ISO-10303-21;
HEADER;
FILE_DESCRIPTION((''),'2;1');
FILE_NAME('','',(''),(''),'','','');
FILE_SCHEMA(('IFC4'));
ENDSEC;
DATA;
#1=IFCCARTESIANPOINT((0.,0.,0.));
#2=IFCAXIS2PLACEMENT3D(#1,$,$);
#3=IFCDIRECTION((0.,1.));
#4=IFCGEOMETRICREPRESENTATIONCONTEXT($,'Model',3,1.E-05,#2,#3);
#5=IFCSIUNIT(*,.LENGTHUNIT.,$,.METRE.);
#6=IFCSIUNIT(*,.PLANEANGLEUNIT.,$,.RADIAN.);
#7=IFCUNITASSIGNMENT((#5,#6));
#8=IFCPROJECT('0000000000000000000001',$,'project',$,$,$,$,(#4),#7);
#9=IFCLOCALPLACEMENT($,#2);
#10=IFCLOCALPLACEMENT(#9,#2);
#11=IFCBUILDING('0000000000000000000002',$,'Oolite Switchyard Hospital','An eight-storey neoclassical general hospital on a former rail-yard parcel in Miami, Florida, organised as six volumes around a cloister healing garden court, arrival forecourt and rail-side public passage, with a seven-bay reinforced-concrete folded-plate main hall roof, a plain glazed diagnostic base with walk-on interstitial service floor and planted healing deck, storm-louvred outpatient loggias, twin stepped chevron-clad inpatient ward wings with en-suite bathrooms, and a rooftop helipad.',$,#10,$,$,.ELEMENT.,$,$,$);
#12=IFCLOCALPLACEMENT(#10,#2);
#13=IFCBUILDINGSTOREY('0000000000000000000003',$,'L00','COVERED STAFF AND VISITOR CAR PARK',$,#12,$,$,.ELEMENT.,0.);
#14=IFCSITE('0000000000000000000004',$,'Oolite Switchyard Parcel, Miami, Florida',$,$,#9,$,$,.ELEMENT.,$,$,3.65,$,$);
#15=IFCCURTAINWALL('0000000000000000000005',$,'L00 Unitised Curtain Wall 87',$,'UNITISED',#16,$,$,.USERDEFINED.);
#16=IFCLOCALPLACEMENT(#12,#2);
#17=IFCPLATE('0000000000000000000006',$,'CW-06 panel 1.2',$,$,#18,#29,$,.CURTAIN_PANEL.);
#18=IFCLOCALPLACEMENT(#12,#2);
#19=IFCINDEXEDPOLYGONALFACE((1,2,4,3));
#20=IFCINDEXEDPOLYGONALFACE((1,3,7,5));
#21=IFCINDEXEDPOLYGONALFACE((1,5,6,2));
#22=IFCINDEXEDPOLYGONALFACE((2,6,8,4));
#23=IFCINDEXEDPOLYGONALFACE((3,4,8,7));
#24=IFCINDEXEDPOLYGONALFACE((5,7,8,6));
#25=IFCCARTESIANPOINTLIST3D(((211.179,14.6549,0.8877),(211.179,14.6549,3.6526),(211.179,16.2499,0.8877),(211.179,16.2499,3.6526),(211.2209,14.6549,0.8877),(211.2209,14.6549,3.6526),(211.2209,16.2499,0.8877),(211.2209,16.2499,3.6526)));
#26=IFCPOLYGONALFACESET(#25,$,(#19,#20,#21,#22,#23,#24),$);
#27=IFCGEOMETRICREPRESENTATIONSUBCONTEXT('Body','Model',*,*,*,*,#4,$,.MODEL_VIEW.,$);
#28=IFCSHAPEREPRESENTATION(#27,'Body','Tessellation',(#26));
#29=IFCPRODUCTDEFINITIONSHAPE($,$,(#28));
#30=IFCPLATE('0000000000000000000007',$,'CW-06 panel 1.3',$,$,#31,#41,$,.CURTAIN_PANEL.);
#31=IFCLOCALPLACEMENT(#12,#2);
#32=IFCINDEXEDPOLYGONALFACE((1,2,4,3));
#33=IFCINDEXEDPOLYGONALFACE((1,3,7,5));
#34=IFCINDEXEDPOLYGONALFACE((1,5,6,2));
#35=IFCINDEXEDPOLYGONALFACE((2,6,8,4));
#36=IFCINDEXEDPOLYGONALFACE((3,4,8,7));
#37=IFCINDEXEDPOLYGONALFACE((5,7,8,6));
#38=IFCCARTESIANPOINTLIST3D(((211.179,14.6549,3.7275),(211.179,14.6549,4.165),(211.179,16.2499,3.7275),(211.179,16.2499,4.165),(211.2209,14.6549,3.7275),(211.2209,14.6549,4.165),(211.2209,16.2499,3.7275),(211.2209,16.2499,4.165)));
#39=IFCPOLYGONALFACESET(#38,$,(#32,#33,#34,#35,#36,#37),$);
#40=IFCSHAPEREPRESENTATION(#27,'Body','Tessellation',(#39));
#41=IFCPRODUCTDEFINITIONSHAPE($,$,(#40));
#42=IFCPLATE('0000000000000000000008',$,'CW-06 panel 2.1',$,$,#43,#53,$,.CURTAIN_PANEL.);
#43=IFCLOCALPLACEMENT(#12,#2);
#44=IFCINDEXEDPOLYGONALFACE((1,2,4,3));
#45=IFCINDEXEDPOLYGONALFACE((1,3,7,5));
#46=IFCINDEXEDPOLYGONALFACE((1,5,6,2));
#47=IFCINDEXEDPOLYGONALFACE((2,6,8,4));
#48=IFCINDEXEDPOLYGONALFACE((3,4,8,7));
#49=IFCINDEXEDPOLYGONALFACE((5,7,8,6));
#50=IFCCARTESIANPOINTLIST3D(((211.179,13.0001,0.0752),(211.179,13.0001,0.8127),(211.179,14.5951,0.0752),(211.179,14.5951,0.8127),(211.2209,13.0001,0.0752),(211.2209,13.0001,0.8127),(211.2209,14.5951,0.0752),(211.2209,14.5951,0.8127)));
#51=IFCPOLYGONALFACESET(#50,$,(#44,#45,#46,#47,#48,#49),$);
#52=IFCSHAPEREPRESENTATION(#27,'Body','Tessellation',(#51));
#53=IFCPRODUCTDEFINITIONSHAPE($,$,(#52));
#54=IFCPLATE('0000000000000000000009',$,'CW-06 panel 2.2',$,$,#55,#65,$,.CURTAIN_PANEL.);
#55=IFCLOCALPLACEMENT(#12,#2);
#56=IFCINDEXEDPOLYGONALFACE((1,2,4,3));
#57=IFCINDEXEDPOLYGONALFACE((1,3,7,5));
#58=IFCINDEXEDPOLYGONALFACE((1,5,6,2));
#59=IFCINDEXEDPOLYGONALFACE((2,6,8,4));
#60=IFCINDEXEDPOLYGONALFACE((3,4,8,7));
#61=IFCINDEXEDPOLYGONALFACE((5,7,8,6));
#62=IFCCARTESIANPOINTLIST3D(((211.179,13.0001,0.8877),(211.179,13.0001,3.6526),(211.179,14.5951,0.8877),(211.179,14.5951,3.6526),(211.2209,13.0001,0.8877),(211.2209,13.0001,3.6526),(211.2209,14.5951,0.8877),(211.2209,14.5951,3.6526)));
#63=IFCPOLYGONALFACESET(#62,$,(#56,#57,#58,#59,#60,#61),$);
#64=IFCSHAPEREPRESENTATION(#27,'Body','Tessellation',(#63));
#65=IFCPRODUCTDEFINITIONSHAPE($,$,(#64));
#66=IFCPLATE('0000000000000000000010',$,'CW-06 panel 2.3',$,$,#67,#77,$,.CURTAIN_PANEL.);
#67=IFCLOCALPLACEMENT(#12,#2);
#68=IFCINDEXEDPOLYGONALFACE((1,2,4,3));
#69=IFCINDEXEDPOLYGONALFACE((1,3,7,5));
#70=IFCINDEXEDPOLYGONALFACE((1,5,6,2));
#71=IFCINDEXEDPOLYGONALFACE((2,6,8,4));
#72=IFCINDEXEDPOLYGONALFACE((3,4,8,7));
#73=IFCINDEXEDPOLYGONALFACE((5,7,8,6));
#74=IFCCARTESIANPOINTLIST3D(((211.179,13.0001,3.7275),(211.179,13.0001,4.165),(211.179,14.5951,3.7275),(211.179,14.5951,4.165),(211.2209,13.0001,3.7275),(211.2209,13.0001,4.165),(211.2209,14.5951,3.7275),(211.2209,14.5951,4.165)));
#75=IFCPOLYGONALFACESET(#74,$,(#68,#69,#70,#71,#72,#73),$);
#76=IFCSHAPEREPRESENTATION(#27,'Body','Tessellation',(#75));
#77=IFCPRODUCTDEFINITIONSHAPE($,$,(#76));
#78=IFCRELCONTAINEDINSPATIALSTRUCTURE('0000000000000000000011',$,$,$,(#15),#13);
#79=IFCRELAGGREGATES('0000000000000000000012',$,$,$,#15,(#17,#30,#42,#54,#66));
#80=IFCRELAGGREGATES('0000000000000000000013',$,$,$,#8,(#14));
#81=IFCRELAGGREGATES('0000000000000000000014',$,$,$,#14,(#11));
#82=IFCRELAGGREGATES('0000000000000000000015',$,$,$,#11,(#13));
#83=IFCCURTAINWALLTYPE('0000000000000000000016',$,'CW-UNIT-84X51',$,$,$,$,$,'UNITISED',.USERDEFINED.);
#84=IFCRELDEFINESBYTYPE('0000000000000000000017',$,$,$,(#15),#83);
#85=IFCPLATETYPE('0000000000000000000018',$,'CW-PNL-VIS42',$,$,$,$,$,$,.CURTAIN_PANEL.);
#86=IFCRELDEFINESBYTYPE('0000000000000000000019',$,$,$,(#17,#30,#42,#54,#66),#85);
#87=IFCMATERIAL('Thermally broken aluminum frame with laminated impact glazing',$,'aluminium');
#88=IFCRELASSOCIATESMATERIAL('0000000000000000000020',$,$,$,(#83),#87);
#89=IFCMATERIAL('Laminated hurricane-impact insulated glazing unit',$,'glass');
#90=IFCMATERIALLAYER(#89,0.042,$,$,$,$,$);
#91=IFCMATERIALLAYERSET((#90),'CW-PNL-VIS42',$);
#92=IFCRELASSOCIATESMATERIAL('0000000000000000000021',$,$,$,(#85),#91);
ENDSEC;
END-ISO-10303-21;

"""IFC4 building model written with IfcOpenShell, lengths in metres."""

from ifc_helpers import new_model, si_unit, direction, frame, origin, origin_2d, place, context, subcontext, project, spatial, rectangle, extrude, material, layer, layer_set, type_object, element, aggregate, save


model = new_model("IFC4")

# Units and contexts
model_context = context("Model", 3, precision=1e-05, world=origin(), true_north=direction((0.0, 1.0)))
body_context = subcontext(model_context, "Body", "Model", "MODEL_VIEW")
ifc_project = project(units=[si_unit("LENGTHUNIT", "METRE"), si_unit("PLANEANGLEUNIT", "RADIAN")], contexts=[model_context])

# Site, building, storey
site_placement = place(None, origin())
site = spatial("IfcSite", under=ifc_project, at=site_placement, Name="Oolite Switchyard Parcel, Miami, Florida", CompositionType="ELEMENT", RefElevation=3.65)
building_placement = place(site_placement, origin())
building = spatial("IfcBuilding", under=site, at=building_placement, Name="Oolite Switchyard Hospital", Description="An eight-storey neoclassical general hospital on a former rail-yard parcel in Miami, Florida, organised as six volumes around a cloister healing garden court, arrival forecourt and rail-side public passage, with a seven-bay reinforced-concrete folded-plate main hall roof, a plain glazed diagnostic base with walk-on interstitial service floor and planted healing deck, storm-louvred outpatient loggias, twin stepped chevron-clad inpatient ward wings with en-suite bathrooms, and a rooftop helipad.", CompositionType="ELEMENT")
storey_placement = place(building_placement, origin())
storey = spatial("IfcBuildingStorey", under=building, at=storey_placement, Name="L00", Description="COVERED STAFF AND VISITOR CAR PARK", CompositionType="ELEMENT", Elevation=0.0)

# Shared definitions
ifc_material_1 = material(Name="Thermally broken aluminum frame with laminated impact glazing", Category="aluminium")

# Curtain wall
curtain_wall_type_1 = type_object("IfcCurtainWallType", Name="CW-UNIT-84X51", ElementType="UNITISED", PredefinedType="USERDEFINED", material=ifc_material_1)
curtain_wall_1_placement = place(storey_placement, origin())
curtain_wall_1 = element("IfcCurtainWall", 1, at=curtain_wall_1_placement, inside=storey, type_object=curtain_wall_type_1, Name="L00 Unitised Curtain Wall 87", ObjectType="UNITISED", PredefinedType="USERDEFINED")

# Plates
ifc_material_2 = material(Name="Laminated hurricane-impact insulated glazing unit", Category="glass")
ifc_layer = layer(ifc_material_2, 0.042)
ifc_layer_set = layer_set([ifc_layer], Name="CW-PNL-VIS42")
plate_type = type_object("IfcPlateType", Name="CW-PNL-VIS42", PredefinedType="CURTAIN_PANEL", material=ifc_layer_set)
plate_1_placement = place(storey_placement, frame((211.2, 15.4524, 0.8877), z_axis=(0.0, 0.0, 1.0), x_axis=(0.0, -1.0, 0.0)))
plate_1 = element("IfcPlate", 2, at=plate_1_placement, type_object=plate_type, Name="CW-06 panel 1.2", PredefinedType="CURTAIN_PANEL", context=body_context, shape_type="SweptSolid", body=[
    extrude(rectangle(XDim=1.595, YDim=0.042, at=origin_2d()), origin(), (0.0, 0.0, 1.0), 2.7649),
])
plate_2_placement = place(storey_placement, frame((211.2, 15.4524, 3.7275), z_axis=(0.0, 0.0, 1.0), x_axis=(0.0, -1.0, 0.0)))
plate_2 = element("IfcPlate", 3, at=plate_2_placement, type_object=plate_type, Name="CW-06 panel 1.3", PredefinedType="CURTAIN_PANEL", context=body_context, shape_type="SweptSolid", body=[
    extrude(rectangle(XDim=1.595, YDim=0.042, at=origin_2d()), origin(), (0.0, 0.0, 1.0), 0.4375),
])
plate_3_placement = place(storey_placement, frame((211.2, 13.7976, 0.0752), z_axis=(0.0, 0.0, 1.0), x_axis=(0.0, -1.0, 0.0)))
plate_3 = element("IfcPlate", 4, at=plate_3_placement, type_object=plate_type, Name="CW-06 panel 2.1", PredefinedType="CURTAIN_PANEL", context=body_context, shape_type="SweptSolid", body=[
    extrude(rectangle(XDim=1.595, YDim=0.042, at=origin_2d()), origin(), (0.0, 0.0, 1.0), 0.7375),
])
plate_4_placement = place(storey_placement, frame((211.2, 13.7976, 0.8877), z_axis=(0.0, 0.0, 1.0), x_axis=(0.0, -1.0, 0.0)))
plate_4 = element("IfcPlate", 5, at=plate_4_placement, type_object=plate_type, Name="CW-06 panel 2.2", PredefinedType="CURTAIN_PANEL", context=body_context, shape_type="SweptSolid", body=[
    extrude(rectangle(XDim=1.595, YDim=0.042, at=origin_2d()), origin(), (0.0, 0.0, 1.0), 2.7649),
])
plate_5_placement = place(storey_placement, frame((211.2, 13.7976, 3.7275), z_axis=(0.0, 0.0, 1.0), x_axis=(0.0, -1.0, 0.0)))
plate_5 = element("IfcPlate", 6, at=plate_5_placement, type_object=plate_type, Name="CW-06 panel 2.3", PredefinedType="CURTAIN_PANEL", context=body_context, shape_type="SweptSolid", body=[
    extrude(rectangle(XDim=1.595, YDim=0.042, at=origin_2d()), origin(), (0.0, 0.0, 1.0), 0.4375),
])
aggregate(curtain_wall_1, [plate_1, plate_2, plate_3, plate_4, plate_5])

save(model, "model.ifc")
